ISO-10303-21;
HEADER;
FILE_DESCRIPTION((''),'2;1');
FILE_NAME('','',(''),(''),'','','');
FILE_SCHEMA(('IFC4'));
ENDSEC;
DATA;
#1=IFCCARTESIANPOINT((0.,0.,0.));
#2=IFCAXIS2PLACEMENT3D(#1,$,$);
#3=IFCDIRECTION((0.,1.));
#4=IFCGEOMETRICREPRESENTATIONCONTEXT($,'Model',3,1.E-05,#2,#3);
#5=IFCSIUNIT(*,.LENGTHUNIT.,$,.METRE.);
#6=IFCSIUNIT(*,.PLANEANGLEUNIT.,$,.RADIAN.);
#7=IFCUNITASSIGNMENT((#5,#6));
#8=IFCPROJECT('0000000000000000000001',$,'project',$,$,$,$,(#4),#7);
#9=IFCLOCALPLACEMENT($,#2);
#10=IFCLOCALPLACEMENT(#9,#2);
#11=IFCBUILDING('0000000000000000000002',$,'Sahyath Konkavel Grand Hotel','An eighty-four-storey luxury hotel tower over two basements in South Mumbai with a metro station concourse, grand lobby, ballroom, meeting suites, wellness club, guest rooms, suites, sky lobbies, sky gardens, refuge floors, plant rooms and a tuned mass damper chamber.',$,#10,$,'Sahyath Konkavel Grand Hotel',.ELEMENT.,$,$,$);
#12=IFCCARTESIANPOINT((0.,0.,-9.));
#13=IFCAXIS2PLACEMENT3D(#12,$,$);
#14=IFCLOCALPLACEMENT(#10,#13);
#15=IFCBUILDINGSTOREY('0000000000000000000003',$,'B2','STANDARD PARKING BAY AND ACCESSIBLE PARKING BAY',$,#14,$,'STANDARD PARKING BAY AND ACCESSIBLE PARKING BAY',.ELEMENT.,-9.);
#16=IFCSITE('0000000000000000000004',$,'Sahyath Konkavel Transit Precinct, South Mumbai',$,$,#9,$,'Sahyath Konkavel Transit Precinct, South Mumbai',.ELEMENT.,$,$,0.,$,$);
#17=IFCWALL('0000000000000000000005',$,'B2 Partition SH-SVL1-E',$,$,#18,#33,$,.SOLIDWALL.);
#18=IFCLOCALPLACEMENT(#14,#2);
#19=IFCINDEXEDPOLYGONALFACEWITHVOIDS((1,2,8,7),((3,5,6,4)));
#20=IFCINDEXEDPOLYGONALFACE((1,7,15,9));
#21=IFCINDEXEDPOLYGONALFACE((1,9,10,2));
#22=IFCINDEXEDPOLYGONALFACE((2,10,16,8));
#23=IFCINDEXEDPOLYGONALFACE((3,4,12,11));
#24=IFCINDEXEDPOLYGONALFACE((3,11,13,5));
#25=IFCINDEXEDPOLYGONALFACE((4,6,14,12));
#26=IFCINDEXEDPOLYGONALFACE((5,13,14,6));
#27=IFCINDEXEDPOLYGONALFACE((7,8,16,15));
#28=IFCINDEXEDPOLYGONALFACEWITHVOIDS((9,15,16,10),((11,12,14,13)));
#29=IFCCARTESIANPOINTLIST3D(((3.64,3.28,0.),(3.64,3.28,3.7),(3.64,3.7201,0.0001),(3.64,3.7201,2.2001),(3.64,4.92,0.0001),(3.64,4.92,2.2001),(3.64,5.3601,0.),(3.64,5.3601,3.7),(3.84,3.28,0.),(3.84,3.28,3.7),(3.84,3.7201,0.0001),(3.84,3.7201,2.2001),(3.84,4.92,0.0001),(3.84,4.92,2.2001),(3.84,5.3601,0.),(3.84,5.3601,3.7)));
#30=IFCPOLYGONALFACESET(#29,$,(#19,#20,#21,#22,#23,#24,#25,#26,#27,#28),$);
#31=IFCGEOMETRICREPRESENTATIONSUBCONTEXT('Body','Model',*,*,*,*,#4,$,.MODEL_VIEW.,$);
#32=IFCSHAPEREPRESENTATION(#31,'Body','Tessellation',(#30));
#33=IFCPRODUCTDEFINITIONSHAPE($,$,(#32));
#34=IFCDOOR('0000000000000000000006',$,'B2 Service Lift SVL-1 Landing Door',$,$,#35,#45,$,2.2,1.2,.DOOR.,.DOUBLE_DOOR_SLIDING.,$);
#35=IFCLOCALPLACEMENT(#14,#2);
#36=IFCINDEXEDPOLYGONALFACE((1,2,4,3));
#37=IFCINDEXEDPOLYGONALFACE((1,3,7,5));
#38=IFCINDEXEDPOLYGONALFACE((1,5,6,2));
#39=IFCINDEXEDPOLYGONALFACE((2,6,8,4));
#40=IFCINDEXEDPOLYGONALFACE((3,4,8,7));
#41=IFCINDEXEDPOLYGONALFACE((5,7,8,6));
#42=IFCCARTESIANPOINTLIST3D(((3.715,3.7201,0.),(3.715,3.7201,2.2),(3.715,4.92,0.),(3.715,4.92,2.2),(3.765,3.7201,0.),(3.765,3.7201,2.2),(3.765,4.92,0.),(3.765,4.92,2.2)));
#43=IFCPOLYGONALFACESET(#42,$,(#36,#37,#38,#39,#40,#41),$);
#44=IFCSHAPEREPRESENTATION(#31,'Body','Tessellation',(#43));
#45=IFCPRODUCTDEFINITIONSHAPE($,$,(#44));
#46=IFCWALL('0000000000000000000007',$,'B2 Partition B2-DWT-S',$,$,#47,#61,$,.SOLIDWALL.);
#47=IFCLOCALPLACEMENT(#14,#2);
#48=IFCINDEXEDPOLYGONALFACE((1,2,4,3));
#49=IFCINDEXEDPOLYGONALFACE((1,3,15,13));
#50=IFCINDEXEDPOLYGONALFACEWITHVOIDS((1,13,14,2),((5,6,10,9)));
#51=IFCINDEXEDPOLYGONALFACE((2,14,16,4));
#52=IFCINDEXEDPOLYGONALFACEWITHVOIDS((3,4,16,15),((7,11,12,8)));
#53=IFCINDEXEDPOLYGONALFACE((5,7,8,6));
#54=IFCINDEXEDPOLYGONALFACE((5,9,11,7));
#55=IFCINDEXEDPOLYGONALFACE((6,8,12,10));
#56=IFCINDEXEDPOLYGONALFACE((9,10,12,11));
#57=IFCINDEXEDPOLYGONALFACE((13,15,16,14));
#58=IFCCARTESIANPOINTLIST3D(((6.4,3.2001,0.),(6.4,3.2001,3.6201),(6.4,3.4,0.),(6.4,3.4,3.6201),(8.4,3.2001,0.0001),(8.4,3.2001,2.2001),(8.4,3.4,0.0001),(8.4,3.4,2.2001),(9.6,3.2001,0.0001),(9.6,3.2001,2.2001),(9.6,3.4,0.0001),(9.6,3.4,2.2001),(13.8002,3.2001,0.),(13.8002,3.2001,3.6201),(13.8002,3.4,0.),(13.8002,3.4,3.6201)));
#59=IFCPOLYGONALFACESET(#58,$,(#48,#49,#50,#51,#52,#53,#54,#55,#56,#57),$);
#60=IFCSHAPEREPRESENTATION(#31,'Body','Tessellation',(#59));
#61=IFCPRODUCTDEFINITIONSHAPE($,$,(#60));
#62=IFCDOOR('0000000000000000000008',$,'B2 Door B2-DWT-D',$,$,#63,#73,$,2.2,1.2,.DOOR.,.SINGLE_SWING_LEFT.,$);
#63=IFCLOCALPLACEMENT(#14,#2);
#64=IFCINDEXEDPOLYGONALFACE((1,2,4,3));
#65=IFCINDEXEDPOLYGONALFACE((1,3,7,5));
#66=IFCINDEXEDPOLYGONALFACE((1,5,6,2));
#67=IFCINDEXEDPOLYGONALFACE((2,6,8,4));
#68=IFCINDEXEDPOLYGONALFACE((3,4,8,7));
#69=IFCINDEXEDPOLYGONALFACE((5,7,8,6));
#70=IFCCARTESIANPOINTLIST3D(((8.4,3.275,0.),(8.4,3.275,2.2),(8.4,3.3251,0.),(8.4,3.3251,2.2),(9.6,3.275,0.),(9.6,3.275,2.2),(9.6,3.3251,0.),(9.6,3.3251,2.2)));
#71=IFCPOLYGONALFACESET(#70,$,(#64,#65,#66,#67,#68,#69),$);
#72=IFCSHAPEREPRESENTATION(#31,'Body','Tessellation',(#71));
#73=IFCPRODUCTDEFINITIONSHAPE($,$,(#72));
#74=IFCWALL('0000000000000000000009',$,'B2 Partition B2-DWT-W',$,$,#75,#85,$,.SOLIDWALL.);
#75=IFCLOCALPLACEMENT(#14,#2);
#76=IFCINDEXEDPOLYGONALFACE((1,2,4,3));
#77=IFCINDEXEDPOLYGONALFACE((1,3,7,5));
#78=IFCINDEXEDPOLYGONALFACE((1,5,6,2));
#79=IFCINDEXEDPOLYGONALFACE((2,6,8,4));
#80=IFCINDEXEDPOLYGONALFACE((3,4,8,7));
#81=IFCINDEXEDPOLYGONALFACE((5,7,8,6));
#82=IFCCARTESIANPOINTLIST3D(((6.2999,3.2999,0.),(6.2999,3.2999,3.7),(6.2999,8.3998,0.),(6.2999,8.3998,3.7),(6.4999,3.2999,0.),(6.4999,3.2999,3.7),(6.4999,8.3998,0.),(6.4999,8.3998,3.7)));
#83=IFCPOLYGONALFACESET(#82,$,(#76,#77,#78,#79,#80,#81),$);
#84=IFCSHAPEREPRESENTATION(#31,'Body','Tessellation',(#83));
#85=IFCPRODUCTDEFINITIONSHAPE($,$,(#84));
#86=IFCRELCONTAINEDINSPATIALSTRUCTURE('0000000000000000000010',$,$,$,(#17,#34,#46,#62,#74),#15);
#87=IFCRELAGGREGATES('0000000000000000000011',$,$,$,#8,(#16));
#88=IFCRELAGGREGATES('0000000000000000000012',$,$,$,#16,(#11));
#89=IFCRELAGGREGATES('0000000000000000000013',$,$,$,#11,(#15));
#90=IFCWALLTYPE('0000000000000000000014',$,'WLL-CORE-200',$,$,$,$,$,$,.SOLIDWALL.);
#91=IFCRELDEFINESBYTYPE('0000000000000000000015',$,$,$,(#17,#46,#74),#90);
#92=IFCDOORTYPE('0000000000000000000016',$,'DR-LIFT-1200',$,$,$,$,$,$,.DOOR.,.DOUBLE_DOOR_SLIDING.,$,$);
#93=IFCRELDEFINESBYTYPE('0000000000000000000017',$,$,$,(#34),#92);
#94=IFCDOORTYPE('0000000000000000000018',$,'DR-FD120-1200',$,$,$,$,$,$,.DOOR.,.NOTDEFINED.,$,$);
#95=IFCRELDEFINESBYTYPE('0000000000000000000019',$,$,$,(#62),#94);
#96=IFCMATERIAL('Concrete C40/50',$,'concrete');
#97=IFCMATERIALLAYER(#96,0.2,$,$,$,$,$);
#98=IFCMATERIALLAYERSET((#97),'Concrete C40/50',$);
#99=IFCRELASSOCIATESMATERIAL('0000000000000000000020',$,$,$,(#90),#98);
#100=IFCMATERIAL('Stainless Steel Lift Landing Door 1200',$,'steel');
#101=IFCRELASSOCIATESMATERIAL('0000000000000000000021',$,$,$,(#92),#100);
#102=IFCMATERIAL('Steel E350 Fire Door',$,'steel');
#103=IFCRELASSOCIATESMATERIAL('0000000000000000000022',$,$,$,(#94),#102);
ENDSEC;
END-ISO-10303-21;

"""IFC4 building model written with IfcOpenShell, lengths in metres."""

from ifc_helpers import new_model, si_unit, direction, frame, frame_2d, origin, origin_2d, place, context, subcontext, project, spatial, rectangle, extrude, source, transform, mapped, material, layer, layer_set, type_object, element, fill, save


model = new_model("IFC4")

# Units and contexts
model_context = context("Model", 3, precision=1e-05, world=origin(), true_north=direction((0.0, 1.0)))
body_context = subcontext(model_context, "Body", "Model", "MODEL_VIEW")
ifc_project = project(units=[si_unit("LENGTHUNIT", "METRE"), si_unit("PLANEANGLEUNIT", "RADIAN")], contexts=[model_context])

# Site, building, storey
site_placement = place(None, origin())
site = spatial("IfcSite", under=ifc_project, at=site_placement, Name="Sahyath Konkavel Transit Precinct, South Mumbai", LongName="Sahyath Konkavel Transit Precinct, South Mumbai", CompositionType="ELEMENT", RefElevation=0.0)
building_placement = place(site_placement, origin())
building = spatial("IfcBuilding", under=site, at=building_placement, Name="Sahyath Konkavel Grand Hotel", Description="An eighty-four-storey luxury hotel tower over two basements in South Mumbai with a metro station concourse, grand lobby, ballroom, meeting suites, wellness club, guest rooms, suites, sky lobbies, sky gardens, refuge floors, plant rooms and a tuned mass damper chamber.", LongName="Sahyath Konkavel Grand Hotel", CompositionType="ELEMENT")
storey_placement = place(building_placement, frame((0.0, 0.0, -9.0)))
storey = spatial("IfcBuildingStorey", under=building, at=storey_placement, Name="B2", Description="STANDARD PARKING BAY AND ACCESSIBLE PARKING BAY", LongName="STANDARD PARKING BAY AND ACCESSIBLE PARKING BAY", CompositionType="ELEMENT", Elevation=-9.0)

# Shared definitions
ifc_material_1 = material(Name="Concrete C40/50", Category="concrete")

# Shared definitions
ifc_layer_1 = layer(ifc_material_1, 0.2)
ifc_layer_set_1 = layer_set([ifc_layer_1], Name="Concrete C40/50")
wall_type = type_object("IfcWallType", Name="WLL-CORE-200", PredefinedType="SOLIDWALL", material=ifc_layer_set_1)

# Walls, openings, doors
wall_1_placement = place(storey_placement, frame((3.74, 3.28, 0.0), z_axis=(0.0, 0.0, 1.0), x_axis=(0.0, 1.0, 0.0)))
wall_1 = element("IfcWall", 1, at=wall_1_placement, inside=storey, type_object=wall_type, Name="B2 Partition SH-SVL1-E", PredefinedType="SOLIDWALL", context=body_context, shape_type="SweptSolid", body=[
    extrude(rectangle(XDim=2.0801, YDim=0.2, at=frame_2d((1.04, 0.0))), origin(), (0.0, 0.0, 1.0), 3.7),
])
opening_1_placement = place(wall_1_placement, frame((0.4399, 0.0, 0.0)))
opening_1 = element("IfcOpeningElement", 2, at=opening_1_placement, cuts=wall_1, PredefinedType="OPENING", context=body_context, shape_type="SweptSolid", body=[
    extrude(rectangle(XDim=1.2, YDim=2.2, at=frame_2d((0.6001, 1.1001))), frame((0.0, 0.1099, 0.0), z_axis=(0.0, -1.0, 0.0), x_axis=(1.0, 0.0, 0.0)), (0.0, 0.0, 1.0), 0.22),
])
ifc_material_2 = material(Name="Stainless Steel Lift Landing Door 1200", Category="steel")
door_type_1 = type_object("IfcDoorType", Name="DR-LIFT-1200", OperationType="DOUBLE_DOOR_SLIDING", PredefinedType="DOOR", material=ifc_material_2)
shared_shape_1 = source(origin(), body_context, "Body", "SweptSolid", [
    extrude(rectangle(XDim=1.2, YDim=0.05, at=origin_2d()), origin(), (0.0, 0.0, 1.0), 2.2),
])
door_1_placement = place(opening_1_placement, frame((0.6001, 0.0, 0.0)))
door_1 = element("IfcDoor", 3, at=door_1_placement, inside=storey, type_object=door_type_1, Name="B2 Service Lift SVL-1 Landing Door", OperationType="DOUBLE_DOOR_SLIDING", OverallHeight=2.2, OverallWidth=1.2, PredefinedType="DOOR", context=body_context, shape_type="MappedRepresentation", body=[
    mapped(shared_shape_1, transform((0.0, 0.0, 0.0), scale=1.0)),
])
fill(opening_1, door_1)
wall_2_placement = place(storey_placement, frame((6.3999, 3.3, 0.0), z_axis=(0.0, 0.0, 1.0), x_axis=(1.0, 0.0, 0.0)))
wall_2 = element("IfcWall", 4, at=wall_2_placement, inside=storey, type_object=wall_type, Name="B2 Partition B2-DWT-S", PredefinedType="SOLIDWALL", context=body_context, shape_type="SweptSolid", body=[
    extrude(rectangle(XDim=7.4001, YDim=0.2, at=frame_2d((3.7002, 0.0))), origin(), (0.0, 0.0, 1.0), 3.6201),
])
opening_2_placement = place(wall_2_placement, frame((2.0, 0.0, 0.0)))
opening_2 = element("IfcOpeningElement", 5, at=opening_2_placement, cuts=wall_2, PredefinedType="OPENING", context=body_context, shape_type="SweptSolid", body=[
    extrude(rectangle(XDim=1.2, YDim=2.2, at=frame_2d((0.6001, 1.1001))), frame((0.0, 0.1099, 0.0), z_axis=(0.0, -1.0, 0.0), x_axis=(1.0, 0.0, 0.0)), (0.0, 0.0, 1.0), 0.22),
])
ifc_material_3 = material(Name="Steel E350 Fire Door", Category="steel")
door_type_2 = type_object("IfcDoorType", Name="DR-FD120-1200", OperationType="NOTDEFINED", PredefinedType="DOOR", material=ifc_material_3)
door_2_placement = place(opening_2_placement, frame((0.6001, 0.0, 0.0)))
door_2 = element("IfcDoor", 6, at=door_2_placement, inside=storey, type_object=door_type_2, Name="B2 Door B2-DWT-D", OperationType="SINGLE_SWING_LEFT", OverallHeight=2.2, OverallWidth=1.2, PredefinedType="DOOR", context=body_context, shape_type="MappedRepresentation", body=[
    mapped(shared_shape_1, transform((0.0, 0.0, 0.0), scale=1.0)),
])
fill(opening_2, door_2)

# Wall
wall_3_placement = place(storey_placement, frame((6.3999, 3.3, 0.0), z_axis=(0.0, 0.0, 1.0), x_axis=(0.0, 1.0, 0.0)))
element("IfcWall", 7, at=wall_3_placement, inside=storey, type_object=wall_type, Name="B2 Partition B2-DWT-W", PredefinedType="SOLIDWALL", context=body_context, shape_type="SweptSolid", body=[
    extrude(rectangle(XDim=5.0999, YDim=0.2, at=frame_2d((2.5498, 0.0))), origin(), (0.0, 0.0, 1.0), 3.7),
])

save(model, "model.ifc")
